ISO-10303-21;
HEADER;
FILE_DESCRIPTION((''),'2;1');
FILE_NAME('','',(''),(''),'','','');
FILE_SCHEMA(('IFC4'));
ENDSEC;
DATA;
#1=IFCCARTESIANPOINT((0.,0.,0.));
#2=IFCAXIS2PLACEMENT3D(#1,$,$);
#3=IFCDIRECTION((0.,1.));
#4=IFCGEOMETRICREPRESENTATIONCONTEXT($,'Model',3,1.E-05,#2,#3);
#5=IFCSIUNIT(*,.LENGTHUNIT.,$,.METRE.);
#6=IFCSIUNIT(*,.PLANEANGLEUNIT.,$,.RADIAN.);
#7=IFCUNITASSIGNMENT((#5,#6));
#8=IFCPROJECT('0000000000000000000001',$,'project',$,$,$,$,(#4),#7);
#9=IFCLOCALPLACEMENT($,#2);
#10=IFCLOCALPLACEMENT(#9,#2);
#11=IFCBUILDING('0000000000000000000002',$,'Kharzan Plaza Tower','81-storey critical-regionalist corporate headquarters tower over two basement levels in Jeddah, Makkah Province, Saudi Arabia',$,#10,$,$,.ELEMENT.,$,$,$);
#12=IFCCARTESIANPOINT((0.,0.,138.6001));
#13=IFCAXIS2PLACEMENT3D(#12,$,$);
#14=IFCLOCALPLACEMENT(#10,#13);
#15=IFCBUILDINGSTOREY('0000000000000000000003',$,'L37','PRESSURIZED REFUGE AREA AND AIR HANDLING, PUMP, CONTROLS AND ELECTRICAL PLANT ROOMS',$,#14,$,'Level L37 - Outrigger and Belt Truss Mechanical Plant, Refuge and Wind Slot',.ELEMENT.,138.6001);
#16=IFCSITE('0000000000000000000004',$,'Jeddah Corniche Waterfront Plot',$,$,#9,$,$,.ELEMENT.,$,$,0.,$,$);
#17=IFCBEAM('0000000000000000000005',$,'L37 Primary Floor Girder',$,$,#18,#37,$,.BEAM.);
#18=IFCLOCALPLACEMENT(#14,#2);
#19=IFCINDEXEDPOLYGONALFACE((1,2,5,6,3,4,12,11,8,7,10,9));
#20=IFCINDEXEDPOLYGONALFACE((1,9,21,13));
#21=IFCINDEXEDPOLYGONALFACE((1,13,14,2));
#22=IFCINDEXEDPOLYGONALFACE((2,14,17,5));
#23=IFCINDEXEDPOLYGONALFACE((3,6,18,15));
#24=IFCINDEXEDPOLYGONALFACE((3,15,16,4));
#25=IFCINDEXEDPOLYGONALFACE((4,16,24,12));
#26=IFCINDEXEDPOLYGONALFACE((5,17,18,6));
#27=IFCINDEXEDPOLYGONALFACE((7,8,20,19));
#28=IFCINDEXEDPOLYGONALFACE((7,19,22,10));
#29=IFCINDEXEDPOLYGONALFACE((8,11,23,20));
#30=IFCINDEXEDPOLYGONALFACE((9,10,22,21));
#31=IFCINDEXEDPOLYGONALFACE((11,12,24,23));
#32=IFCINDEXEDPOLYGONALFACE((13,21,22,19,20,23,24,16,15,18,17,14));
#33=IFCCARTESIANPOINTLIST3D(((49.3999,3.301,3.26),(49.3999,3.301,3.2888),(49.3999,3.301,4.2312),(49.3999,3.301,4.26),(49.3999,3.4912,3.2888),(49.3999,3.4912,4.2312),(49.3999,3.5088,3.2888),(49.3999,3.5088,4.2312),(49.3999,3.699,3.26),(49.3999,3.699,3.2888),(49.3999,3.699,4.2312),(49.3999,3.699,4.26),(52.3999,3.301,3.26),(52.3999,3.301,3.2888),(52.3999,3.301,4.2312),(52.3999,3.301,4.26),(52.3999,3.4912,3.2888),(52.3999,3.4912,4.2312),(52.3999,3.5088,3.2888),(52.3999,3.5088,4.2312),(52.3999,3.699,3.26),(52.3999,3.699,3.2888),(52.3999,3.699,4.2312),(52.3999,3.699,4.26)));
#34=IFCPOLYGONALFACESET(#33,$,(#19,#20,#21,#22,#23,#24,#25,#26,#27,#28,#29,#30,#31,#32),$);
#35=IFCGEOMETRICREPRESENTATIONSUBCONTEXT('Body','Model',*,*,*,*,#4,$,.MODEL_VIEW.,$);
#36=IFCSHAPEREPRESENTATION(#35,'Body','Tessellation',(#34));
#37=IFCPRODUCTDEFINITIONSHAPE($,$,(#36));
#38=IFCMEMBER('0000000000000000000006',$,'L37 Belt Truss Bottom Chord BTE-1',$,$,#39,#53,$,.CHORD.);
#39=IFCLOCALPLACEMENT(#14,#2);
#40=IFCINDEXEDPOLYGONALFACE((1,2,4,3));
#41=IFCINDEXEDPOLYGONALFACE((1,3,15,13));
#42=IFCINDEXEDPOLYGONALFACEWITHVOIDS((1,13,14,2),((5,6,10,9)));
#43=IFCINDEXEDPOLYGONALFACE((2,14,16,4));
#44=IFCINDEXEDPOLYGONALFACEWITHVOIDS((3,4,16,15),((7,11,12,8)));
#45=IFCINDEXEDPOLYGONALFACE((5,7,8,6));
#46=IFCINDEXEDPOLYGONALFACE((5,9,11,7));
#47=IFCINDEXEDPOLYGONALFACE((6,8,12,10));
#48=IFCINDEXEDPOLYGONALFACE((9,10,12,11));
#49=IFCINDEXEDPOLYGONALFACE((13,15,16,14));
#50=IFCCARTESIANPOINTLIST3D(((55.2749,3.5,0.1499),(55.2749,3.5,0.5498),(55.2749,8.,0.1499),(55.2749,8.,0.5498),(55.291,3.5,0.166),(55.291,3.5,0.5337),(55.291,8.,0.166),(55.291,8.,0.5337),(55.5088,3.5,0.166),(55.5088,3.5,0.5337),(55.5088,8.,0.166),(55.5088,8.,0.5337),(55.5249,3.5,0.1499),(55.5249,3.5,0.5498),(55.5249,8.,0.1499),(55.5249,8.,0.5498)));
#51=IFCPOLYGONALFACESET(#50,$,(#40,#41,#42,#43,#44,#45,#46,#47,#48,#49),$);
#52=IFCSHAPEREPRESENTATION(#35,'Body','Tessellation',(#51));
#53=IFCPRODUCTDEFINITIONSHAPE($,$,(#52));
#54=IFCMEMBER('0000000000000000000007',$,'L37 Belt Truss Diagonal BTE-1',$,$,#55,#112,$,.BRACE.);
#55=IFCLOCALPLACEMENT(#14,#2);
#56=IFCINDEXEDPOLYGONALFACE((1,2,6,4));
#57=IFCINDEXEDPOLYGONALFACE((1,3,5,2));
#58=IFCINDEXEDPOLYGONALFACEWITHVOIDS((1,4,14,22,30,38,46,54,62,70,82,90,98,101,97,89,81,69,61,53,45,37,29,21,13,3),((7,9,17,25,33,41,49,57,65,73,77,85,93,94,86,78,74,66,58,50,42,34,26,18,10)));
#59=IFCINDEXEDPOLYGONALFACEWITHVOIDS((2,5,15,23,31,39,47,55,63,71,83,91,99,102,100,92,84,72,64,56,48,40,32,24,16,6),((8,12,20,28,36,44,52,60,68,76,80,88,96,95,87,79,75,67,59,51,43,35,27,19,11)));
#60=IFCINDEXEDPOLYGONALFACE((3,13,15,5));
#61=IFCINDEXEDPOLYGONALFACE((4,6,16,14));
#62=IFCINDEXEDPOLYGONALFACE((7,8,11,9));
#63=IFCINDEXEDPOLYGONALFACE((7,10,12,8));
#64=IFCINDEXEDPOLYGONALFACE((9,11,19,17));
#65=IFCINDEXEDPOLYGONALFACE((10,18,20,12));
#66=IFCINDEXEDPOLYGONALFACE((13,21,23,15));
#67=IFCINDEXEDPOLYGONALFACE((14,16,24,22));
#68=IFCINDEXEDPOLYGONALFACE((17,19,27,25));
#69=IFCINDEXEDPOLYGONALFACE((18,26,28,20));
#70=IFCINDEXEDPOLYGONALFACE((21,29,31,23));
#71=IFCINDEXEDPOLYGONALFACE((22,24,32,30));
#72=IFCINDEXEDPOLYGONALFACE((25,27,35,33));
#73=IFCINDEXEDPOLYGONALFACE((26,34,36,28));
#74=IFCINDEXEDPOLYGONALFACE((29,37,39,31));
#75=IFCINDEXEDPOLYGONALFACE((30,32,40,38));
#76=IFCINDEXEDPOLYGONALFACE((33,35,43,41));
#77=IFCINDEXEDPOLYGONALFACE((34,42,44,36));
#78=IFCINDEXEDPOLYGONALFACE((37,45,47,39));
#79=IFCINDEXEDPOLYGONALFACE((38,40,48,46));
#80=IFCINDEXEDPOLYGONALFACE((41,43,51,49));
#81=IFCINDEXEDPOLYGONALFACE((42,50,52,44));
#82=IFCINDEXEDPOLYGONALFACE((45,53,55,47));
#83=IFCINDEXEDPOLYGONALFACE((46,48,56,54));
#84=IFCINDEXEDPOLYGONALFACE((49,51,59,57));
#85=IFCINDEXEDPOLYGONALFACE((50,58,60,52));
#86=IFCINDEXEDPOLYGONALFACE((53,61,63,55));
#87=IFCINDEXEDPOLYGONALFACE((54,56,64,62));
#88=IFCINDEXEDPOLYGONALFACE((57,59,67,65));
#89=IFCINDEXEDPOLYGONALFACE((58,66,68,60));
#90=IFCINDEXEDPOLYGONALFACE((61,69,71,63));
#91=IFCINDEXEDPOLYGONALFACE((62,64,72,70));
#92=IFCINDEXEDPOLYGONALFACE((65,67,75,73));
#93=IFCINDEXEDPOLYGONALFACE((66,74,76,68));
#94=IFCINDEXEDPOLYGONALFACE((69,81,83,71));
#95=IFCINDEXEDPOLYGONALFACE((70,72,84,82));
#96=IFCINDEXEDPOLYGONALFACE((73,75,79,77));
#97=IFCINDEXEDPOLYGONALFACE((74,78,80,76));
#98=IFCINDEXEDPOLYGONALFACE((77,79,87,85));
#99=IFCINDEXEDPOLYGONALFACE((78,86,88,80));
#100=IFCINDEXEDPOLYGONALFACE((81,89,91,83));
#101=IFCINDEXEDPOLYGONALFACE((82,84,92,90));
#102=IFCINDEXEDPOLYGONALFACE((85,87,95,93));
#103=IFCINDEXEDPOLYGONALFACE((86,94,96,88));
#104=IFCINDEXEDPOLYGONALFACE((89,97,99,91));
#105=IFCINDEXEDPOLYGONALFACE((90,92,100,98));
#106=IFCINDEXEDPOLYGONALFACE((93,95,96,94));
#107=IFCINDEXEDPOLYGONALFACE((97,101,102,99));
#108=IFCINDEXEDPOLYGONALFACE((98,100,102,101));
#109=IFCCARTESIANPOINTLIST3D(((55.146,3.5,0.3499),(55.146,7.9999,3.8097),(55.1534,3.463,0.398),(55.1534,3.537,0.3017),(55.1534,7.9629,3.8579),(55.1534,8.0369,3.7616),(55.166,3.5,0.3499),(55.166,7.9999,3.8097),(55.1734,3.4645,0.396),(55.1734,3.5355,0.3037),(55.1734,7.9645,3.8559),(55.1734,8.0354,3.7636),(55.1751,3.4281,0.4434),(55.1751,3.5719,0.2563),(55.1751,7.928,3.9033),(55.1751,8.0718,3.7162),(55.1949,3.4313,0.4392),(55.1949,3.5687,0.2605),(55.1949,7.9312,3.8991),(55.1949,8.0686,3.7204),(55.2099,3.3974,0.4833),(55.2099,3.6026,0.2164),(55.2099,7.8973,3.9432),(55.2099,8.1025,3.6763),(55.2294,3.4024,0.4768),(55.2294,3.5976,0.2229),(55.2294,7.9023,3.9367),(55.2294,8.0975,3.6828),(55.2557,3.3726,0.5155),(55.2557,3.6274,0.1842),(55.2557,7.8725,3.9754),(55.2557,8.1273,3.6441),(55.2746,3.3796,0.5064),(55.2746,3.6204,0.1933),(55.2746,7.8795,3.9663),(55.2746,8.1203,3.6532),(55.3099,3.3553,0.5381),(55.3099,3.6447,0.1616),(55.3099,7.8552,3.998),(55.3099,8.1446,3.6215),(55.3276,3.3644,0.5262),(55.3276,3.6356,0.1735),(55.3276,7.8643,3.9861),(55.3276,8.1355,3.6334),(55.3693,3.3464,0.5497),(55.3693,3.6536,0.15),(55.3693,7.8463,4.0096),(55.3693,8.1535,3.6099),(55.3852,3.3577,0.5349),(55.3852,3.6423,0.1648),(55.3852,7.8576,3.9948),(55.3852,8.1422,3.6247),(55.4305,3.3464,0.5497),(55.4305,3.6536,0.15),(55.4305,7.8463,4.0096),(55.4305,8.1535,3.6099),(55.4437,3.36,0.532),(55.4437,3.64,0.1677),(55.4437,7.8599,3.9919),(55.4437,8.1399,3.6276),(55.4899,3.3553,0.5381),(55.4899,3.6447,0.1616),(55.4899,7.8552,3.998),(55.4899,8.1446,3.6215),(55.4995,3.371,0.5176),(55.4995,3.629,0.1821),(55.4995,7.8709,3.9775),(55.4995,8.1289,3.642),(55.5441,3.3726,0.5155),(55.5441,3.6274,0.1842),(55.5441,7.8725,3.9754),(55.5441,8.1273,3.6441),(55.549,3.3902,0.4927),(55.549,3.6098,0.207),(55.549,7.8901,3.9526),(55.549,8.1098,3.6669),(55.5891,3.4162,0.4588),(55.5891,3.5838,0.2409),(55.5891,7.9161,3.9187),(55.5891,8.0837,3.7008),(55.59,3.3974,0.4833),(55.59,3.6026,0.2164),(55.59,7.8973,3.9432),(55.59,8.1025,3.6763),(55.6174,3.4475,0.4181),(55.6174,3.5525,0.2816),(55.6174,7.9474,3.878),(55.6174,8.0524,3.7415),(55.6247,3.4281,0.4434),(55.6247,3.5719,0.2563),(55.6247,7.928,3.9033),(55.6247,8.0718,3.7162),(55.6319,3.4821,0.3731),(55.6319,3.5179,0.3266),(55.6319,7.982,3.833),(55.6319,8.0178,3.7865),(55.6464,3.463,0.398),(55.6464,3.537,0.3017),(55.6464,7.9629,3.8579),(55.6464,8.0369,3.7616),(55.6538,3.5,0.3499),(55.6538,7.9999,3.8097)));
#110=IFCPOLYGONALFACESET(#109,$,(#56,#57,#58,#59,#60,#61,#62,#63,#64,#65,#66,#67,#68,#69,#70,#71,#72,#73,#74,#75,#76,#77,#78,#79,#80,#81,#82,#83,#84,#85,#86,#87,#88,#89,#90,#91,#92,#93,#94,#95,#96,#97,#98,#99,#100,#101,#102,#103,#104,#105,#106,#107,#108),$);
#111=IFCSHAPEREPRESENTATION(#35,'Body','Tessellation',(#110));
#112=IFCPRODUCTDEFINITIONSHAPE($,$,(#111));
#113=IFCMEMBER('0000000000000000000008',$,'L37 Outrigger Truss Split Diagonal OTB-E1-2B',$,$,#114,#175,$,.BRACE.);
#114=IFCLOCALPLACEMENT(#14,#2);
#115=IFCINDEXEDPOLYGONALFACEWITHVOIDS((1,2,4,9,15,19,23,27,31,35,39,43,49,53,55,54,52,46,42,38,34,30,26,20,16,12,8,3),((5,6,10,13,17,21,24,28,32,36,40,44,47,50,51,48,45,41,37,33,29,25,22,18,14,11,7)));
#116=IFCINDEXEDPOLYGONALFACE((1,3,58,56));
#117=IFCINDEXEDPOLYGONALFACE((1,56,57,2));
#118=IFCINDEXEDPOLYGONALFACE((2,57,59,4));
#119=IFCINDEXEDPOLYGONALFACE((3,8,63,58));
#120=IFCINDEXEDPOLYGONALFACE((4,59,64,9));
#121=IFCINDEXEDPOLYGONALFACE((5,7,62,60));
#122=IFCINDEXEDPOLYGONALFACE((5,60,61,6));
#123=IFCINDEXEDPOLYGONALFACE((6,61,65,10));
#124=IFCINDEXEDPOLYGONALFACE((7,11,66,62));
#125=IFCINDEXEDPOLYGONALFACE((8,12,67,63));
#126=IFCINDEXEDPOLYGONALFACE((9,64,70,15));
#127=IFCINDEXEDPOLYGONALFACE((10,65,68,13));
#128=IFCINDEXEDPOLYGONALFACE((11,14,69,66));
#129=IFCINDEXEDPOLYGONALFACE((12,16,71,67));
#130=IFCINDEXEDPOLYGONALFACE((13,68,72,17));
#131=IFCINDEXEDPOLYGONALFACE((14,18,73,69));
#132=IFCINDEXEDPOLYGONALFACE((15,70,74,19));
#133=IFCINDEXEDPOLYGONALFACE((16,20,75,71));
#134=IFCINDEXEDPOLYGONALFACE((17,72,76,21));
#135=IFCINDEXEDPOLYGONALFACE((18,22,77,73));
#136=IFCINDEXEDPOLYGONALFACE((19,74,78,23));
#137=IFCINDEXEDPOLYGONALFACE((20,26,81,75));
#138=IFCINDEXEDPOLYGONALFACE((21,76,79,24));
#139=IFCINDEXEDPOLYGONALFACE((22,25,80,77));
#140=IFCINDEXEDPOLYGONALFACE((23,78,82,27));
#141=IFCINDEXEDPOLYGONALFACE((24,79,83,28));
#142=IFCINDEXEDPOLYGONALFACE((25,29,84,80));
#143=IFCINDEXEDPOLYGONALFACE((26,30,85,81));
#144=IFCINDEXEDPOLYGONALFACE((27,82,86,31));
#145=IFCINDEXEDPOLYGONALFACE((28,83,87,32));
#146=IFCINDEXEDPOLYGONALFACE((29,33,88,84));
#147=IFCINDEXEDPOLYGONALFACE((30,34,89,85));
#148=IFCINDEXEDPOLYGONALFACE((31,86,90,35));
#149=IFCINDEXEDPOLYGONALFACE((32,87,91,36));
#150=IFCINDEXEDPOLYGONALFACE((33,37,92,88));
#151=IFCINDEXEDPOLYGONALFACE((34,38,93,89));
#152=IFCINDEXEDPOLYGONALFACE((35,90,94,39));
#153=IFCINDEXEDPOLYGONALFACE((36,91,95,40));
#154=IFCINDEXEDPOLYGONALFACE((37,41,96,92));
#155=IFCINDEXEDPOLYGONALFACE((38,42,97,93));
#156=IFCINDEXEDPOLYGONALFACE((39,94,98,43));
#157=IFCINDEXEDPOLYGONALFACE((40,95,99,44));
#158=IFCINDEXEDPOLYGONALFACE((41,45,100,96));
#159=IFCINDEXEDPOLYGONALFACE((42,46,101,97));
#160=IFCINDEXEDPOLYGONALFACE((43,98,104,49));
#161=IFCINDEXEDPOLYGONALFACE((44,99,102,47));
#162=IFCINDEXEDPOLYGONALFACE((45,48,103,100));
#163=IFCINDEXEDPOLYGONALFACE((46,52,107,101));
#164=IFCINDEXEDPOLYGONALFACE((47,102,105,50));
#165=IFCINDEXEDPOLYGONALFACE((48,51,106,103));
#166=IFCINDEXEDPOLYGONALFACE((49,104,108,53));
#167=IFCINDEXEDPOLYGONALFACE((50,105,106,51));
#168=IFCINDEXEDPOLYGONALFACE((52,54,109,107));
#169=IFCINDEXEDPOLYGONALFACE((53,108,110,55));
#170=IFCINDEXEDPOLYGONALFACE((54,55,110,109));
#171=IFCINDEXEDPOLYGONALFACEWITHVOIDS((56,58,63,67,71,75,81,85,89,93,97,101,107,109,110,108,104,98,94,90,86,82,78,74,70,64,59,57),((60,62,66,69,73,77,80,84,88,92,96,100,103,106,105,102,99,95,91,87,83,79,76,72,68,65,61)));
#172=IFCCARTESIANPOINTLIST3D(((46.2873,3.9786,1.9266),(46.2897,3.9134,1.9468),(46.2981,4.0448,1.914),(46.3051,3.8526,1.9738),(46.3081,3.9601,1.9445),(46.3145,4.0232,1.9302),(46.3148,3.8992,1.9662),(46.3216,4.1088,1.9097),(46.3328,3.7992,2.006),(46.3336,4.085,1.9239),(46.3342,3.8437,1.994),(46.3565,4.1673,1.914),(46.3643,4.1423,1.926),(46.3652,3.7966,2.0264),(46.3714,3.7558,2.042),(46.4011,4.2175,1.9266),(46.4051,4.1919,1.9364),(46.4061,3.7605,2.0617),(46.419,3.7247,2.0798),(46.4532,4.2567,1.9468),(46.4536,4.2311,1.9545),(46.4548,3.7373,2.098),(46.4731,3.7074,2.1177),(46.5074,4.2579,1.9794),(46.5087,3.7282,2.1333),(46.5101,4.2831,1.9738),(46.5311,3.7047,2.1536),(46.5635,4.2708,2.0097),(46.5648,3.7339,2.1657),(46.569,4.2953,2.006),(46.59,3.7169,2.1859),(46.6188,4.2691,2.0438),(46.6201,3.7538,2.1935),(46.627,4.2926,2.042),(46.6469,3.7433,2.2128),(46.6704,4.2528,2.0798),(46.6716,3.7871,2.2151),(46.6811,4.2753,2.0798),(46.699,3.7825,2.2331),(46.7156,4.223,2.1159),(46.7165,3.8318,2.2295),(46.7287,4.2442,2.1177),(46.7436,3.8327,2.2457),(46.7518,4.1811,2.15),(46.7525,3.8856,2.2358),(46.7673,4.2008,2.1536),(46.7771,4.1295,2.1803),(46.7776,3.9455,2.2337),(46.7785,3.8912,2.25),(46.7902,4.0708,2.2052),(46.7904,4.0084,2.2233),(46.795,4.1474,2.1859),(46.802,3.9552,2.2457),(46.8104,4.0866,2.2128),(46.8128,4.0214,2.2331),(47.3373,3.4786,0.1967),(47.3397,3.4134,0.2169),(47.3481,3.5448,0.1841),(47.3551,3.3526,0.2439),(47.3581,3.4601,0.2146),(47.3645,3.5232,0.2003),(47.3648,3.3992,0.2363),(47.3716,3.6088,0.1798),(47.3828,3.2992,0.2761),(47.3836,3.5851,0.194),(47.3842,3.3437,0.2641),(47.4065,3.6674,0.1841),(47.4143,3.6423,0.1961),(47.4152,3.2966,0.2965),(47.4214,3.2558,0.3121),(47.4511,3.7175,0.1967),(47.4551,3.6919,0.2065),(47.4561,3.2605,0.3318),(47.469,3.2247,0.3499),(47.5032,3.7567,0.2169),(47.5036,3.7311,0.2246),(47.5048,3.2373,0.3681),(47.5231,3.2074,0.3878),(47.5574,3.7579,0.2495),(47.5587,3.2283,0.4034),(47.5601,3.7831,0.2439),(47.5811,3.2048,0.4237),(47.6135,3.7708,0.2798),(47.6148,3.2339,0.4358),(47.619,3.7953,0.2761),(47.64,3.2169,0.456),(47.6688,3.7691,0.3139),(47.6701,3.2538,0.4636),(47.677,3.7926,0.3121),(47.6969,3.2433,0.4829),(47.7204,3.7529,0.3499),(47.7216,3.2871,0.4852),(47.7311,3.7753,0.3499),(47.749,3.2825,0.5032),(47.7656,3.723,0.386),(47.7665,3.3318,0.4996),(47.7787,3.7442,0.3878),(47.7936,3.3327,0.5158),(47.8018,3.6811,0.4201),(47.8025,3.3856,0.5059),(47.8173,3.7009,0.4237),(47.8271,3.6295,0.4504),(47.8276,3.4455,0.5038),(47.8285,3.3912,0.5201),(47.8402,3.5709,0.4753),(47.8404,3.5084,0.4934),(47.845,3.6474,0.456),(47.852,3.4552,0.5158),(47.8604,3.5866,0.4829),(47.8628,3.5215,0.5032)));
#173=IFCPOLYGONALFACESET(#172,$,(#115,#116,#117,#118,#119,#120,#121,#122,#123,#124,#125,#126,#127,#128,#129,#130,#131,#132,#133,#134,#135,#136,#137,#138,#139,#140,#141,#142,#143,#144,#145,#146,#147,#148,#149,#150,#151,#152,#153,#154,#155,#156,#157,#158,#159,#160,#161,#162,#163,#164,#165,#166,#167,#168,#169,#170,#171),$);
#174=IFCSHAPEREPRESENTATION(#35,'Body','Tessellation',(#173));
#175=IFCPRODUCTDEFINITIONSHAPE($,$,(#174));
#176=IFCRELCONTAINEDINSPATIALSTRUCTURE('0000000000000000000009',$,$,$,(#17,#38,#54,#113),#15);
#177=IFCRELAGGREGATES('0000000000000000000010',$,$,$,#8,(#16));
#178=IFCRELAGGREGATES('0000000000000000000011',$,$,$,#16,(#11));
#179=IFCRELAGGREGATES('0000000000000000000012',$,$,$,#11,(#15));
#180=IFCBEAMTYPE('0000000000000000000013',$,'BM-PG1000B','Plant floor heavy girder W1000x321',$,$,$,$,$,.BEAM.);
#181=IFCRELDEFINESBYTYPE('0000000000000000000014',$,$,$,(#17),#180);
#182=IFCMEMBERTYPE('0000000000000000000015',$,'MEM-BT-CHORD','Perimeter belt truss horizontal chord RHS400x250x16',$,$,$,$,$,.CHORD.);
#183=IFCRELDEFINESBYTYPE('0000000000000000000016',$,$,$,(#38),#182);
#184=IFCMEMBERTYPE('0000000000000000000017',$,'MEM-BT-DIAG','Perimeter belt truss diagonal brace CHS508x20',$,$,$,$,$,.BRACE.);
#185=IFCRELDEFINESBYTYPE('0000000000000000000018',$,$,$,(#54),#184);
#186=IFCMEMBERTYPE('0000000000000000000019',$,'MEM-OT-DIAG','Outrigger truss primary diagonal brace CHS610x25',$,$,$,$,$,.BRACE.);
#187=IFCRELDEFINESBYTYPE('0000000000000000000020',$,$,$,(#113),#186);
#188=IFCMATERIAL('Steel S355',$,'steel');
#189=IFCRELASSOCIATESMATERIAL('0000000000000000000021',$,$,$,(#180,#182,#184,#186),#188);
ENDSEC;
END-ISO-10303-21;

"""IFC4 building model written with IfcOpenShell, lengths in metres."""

from ifc_helpers import new_model, si_unit, direction, frame, origin, origin_2d, place, context, subcontext, project, spatial, hollow_rectangle, hollow_circle, i_section, extrude, source, transform, mapped, material, material_profile, profile_set, type_object, element, save


model = new_model("IFC4")

# Units and contexts
model_context = context("Model", 3, precision=1e-05, world=origin(), true_north=direction((0.0, 1.0)))
body_context = subcontext(model_context, "Body", "Model", "MODEL_VIEW")
ifc_project = project(units=[si_unit("LENGTHUNIT", "METRE"), si_unit("PLANEANGLEUNIT", "RADIAN")], contexts=[model_context])

# Site, building, storey
site_placement = place(None, origin())
site = spatial("IfcSite", under=ifc_project, at=site_placement, Name="Jeddah Corniche Waterfront Plot", CompositionType="ELEMENT", RefElevation=0.0)
building_placement = place(site_placement, origin())
building = spatial("IfcBuilding", under=site, at=building_placement, Name="Kharzan Plaza Tower", Description="81-storey critical-regionalist corporate headquarters tower over two basement levels in Jeddah, Makkah Province, Saudi Arabia", CompositionType="ELEMENT")
storey_placement = place(building_placement, frame((0.0, 0.0, 138.6001)))
storey = spatial("IfcBuildingStorey", under=building, at=storey_placement, Name="L37", Description="PRESSURIZED REFUGE AREA AND AIR HANDLING, PUMP, CONTROLS AND ELECTRICAL PLANT ROOMS", LongName="Level L37 - Outrigger and Belt Truss Mechanical Plant, Refuge and Wind Slot", CompositionType="ELEMENT", Elevation=138.6001)

# Beam
ifc_material_1 = material(Name="Steel S355", Category="steel")
ifc_material_profile_1 = material_profile(ifc_material_1, i_section(OverallWidth=0.3979, OverallDepth=1.0, WebThickness=0.0176, FlangeThickness=0.0288, at=origin_2d()), Name="W1000x321")
ifc_profile_set_1 = profile_set([ifc_material_profile_1], Name="Steel S355")
beam_type_1 = type_object("IfcBeamType", Name="BM-PG1000B", Description="Plant floor heavy girder W1000x321", PredefinedType="BEAM", material=ifc_profile_set_1)
shared_shape_1 = source(origin(), body_context, "Body", "SweptSolid", [
    extrude(i_section(OverallWidth=0.3979, OverallDepth=1.0, WebThickness=0.0176, FlangeThickness=0.0288, at=origin_2d()), origin(), (0.0, 0.0, 1.0), 3.0),
])
beam_1_placement = place(storey_placement, frame((49.3999, 3.5, 3.76), z_axis=(1.0, 0.0, 0.0), x_axis=(0.0, 1.0, 0.0)))
element("IfcBeam", 1, at=beam_1_placement, inside=storey, type_object=beam_type_1, Name="L37 Primary Floor Girder", PredefinedType="BEAM", context=body_context, shape_type="MappedRepresentation", body=[
    mapped(shared_shape_1, transform((0.0, 0.0, 0.0), x_axis=(1.0, 0.0, 0.0), y_axis=(0.0, 1.0, 0.0), z_axis=(0.0, 0.0, 1.0))),
])

# Members
ifc_material_profile_2 = material_profile(ifc_material_1, hollow_rectangle(XDim=0.25, YDim=0.3999, WallThickness=0.0161, at=origin_2d()), Name="RHS400x250x16")
ifc_profile_set_2 = profile_set([ifc_material_profile_2], Name="Steel S355")
member_type_1 = type_object("IfcMemberType", Name="MEM-BT-CHORD", Description="Perimeter belt truss horizontal chord RHS400x250x16", PredefinedType="CHORD", material=ifc_profile_set_2)
shared_shape_2 = source(origin(), body_context, "Body", "SweptSolid", [
    extrude(hollow_rectangle(XDim=0.25, YDim=0.3999, WallThickness=0.0161, at=origin_2d()), origin(), (0.0, 0.0, 1.0), 4.5),
])
member_1_placement = place(storey_placement, frame((55.3999, 3.5, 0.3499), z_axis=(0.0, 1.0, 0.0), x_axis=(-1.0, 0.0, 0.0)))
element("IfcMember", 2, at=member_1_placement, inside=storey, type_object=member_type_1, Name="L37 Belt Truss Bottom Chord BTE-1", PredefinedType="CHORD", context=body_context, shape_type="MappedRepresentation", body=[
    mapped(shared_shape_2, transform((0.0, 0.0, 0.0), x_axis=(1.0, 0.0, 0.0), y_axis=(0.0, 1.0, 0.0), z_axis=(0.0, 0.0, 1.0))),
])
ifc_material_profile_3 = material_profile(ifc_material_1, hollow_circle(Radius=0.2539, WallThickness=0.02, at=origin_2d()), Name="CHS508x20")
ifc_profile_set_3 = profile_set([ifc_material_profile_3], Name="Steel S355")
member_type_2 = type_object("IfcMemberType", Name="MEM-BT-DIAG", Description="Perimeter belt truss diagonal brace CHS508x20", PredefinedType="BRACE", material=ifc_profile_set_3)
shared_shape_3 = source(origin(), body_context, "Body", "SweptSolid", [
    extrude(hollow_circle(Radius=0.2539, WallThickness=0.02, at=origin_2d()), origin(), (0.0, 0.0, 1.0), 5.6763),
])
member_2_placement = place(storey_placement, frame((55.3999, 3.5, 0.3499), z_axis=(0.0, 0.792758, 0.609536), x_axis=(-1.0, 0.0, 0.0)))
element("IfcMember", 3, at=member_2_placement, inside=storey, type_object=member_type_2, Name="L37 Belt Truss Diagonal BTE-1", PredefinedType="BRACE", context=body_context, shape_type="MappedRepresentation", body=[
    mapped(shared_shape_3, transform((0.0, 0.0, 0.0), x_axis=(1.0, 0.0, 0.0), y_axis=(0.0, 1.0, 0.0), z_axis=(0.0, 0.0, 1.0))),
])
ifc_material_profile_4 = material_profile(ifc_material_1, hollow_circle(Radius=0.3049, WallThickness=0.0249, at=origin_2d()), Name="CHS610x25")
ifc_profile_set_4 = profile_set([ifc_material_profile_4], Name="Steel S355")
member_type_3 = type_object("IfcMemberType", Name="MEM-OT-DIAG", Description="Outrigger truss primary diagonal brace CHS610x25", PredefinedType="BRACE", material=ifc_profile_set_4)
shared_shape_4 = source(origin(), body_context, "Body", "SweptSolid", [
    extrude(hollow_circle(Radius=0.3049, WallThickness=0.0249, at=origin_2d()), origin(), (0.0, 0.0, 1.0), 2.0845),
])
member_3_placement = place(storey_placement, frame((46.55, 4.0, 2.0798), z_axis=(0.503724, -0.239858, -0.829898), x_axis=(0.429917, 0.902868, 0.0)))
element("IfcMember", 4, at=member_3_placement, inside=storey, type_object=member_type_3, Name="L37 Outrigger Truss Split Diagonal OTB-E1-2B", PredefinedType="BRACE", context=body_context, shape_type="MappedRepresentation", body=[
    mapped(shared_shape_4, transform((0.0, 0.0, 0.0), x_axis=(1.0, 0.0, 0.0), y_axis=(0.0, 1.0, 0.0), z_axis=(0.0, 0.0, 1.0))),
])

save(model, "model.ifc")
